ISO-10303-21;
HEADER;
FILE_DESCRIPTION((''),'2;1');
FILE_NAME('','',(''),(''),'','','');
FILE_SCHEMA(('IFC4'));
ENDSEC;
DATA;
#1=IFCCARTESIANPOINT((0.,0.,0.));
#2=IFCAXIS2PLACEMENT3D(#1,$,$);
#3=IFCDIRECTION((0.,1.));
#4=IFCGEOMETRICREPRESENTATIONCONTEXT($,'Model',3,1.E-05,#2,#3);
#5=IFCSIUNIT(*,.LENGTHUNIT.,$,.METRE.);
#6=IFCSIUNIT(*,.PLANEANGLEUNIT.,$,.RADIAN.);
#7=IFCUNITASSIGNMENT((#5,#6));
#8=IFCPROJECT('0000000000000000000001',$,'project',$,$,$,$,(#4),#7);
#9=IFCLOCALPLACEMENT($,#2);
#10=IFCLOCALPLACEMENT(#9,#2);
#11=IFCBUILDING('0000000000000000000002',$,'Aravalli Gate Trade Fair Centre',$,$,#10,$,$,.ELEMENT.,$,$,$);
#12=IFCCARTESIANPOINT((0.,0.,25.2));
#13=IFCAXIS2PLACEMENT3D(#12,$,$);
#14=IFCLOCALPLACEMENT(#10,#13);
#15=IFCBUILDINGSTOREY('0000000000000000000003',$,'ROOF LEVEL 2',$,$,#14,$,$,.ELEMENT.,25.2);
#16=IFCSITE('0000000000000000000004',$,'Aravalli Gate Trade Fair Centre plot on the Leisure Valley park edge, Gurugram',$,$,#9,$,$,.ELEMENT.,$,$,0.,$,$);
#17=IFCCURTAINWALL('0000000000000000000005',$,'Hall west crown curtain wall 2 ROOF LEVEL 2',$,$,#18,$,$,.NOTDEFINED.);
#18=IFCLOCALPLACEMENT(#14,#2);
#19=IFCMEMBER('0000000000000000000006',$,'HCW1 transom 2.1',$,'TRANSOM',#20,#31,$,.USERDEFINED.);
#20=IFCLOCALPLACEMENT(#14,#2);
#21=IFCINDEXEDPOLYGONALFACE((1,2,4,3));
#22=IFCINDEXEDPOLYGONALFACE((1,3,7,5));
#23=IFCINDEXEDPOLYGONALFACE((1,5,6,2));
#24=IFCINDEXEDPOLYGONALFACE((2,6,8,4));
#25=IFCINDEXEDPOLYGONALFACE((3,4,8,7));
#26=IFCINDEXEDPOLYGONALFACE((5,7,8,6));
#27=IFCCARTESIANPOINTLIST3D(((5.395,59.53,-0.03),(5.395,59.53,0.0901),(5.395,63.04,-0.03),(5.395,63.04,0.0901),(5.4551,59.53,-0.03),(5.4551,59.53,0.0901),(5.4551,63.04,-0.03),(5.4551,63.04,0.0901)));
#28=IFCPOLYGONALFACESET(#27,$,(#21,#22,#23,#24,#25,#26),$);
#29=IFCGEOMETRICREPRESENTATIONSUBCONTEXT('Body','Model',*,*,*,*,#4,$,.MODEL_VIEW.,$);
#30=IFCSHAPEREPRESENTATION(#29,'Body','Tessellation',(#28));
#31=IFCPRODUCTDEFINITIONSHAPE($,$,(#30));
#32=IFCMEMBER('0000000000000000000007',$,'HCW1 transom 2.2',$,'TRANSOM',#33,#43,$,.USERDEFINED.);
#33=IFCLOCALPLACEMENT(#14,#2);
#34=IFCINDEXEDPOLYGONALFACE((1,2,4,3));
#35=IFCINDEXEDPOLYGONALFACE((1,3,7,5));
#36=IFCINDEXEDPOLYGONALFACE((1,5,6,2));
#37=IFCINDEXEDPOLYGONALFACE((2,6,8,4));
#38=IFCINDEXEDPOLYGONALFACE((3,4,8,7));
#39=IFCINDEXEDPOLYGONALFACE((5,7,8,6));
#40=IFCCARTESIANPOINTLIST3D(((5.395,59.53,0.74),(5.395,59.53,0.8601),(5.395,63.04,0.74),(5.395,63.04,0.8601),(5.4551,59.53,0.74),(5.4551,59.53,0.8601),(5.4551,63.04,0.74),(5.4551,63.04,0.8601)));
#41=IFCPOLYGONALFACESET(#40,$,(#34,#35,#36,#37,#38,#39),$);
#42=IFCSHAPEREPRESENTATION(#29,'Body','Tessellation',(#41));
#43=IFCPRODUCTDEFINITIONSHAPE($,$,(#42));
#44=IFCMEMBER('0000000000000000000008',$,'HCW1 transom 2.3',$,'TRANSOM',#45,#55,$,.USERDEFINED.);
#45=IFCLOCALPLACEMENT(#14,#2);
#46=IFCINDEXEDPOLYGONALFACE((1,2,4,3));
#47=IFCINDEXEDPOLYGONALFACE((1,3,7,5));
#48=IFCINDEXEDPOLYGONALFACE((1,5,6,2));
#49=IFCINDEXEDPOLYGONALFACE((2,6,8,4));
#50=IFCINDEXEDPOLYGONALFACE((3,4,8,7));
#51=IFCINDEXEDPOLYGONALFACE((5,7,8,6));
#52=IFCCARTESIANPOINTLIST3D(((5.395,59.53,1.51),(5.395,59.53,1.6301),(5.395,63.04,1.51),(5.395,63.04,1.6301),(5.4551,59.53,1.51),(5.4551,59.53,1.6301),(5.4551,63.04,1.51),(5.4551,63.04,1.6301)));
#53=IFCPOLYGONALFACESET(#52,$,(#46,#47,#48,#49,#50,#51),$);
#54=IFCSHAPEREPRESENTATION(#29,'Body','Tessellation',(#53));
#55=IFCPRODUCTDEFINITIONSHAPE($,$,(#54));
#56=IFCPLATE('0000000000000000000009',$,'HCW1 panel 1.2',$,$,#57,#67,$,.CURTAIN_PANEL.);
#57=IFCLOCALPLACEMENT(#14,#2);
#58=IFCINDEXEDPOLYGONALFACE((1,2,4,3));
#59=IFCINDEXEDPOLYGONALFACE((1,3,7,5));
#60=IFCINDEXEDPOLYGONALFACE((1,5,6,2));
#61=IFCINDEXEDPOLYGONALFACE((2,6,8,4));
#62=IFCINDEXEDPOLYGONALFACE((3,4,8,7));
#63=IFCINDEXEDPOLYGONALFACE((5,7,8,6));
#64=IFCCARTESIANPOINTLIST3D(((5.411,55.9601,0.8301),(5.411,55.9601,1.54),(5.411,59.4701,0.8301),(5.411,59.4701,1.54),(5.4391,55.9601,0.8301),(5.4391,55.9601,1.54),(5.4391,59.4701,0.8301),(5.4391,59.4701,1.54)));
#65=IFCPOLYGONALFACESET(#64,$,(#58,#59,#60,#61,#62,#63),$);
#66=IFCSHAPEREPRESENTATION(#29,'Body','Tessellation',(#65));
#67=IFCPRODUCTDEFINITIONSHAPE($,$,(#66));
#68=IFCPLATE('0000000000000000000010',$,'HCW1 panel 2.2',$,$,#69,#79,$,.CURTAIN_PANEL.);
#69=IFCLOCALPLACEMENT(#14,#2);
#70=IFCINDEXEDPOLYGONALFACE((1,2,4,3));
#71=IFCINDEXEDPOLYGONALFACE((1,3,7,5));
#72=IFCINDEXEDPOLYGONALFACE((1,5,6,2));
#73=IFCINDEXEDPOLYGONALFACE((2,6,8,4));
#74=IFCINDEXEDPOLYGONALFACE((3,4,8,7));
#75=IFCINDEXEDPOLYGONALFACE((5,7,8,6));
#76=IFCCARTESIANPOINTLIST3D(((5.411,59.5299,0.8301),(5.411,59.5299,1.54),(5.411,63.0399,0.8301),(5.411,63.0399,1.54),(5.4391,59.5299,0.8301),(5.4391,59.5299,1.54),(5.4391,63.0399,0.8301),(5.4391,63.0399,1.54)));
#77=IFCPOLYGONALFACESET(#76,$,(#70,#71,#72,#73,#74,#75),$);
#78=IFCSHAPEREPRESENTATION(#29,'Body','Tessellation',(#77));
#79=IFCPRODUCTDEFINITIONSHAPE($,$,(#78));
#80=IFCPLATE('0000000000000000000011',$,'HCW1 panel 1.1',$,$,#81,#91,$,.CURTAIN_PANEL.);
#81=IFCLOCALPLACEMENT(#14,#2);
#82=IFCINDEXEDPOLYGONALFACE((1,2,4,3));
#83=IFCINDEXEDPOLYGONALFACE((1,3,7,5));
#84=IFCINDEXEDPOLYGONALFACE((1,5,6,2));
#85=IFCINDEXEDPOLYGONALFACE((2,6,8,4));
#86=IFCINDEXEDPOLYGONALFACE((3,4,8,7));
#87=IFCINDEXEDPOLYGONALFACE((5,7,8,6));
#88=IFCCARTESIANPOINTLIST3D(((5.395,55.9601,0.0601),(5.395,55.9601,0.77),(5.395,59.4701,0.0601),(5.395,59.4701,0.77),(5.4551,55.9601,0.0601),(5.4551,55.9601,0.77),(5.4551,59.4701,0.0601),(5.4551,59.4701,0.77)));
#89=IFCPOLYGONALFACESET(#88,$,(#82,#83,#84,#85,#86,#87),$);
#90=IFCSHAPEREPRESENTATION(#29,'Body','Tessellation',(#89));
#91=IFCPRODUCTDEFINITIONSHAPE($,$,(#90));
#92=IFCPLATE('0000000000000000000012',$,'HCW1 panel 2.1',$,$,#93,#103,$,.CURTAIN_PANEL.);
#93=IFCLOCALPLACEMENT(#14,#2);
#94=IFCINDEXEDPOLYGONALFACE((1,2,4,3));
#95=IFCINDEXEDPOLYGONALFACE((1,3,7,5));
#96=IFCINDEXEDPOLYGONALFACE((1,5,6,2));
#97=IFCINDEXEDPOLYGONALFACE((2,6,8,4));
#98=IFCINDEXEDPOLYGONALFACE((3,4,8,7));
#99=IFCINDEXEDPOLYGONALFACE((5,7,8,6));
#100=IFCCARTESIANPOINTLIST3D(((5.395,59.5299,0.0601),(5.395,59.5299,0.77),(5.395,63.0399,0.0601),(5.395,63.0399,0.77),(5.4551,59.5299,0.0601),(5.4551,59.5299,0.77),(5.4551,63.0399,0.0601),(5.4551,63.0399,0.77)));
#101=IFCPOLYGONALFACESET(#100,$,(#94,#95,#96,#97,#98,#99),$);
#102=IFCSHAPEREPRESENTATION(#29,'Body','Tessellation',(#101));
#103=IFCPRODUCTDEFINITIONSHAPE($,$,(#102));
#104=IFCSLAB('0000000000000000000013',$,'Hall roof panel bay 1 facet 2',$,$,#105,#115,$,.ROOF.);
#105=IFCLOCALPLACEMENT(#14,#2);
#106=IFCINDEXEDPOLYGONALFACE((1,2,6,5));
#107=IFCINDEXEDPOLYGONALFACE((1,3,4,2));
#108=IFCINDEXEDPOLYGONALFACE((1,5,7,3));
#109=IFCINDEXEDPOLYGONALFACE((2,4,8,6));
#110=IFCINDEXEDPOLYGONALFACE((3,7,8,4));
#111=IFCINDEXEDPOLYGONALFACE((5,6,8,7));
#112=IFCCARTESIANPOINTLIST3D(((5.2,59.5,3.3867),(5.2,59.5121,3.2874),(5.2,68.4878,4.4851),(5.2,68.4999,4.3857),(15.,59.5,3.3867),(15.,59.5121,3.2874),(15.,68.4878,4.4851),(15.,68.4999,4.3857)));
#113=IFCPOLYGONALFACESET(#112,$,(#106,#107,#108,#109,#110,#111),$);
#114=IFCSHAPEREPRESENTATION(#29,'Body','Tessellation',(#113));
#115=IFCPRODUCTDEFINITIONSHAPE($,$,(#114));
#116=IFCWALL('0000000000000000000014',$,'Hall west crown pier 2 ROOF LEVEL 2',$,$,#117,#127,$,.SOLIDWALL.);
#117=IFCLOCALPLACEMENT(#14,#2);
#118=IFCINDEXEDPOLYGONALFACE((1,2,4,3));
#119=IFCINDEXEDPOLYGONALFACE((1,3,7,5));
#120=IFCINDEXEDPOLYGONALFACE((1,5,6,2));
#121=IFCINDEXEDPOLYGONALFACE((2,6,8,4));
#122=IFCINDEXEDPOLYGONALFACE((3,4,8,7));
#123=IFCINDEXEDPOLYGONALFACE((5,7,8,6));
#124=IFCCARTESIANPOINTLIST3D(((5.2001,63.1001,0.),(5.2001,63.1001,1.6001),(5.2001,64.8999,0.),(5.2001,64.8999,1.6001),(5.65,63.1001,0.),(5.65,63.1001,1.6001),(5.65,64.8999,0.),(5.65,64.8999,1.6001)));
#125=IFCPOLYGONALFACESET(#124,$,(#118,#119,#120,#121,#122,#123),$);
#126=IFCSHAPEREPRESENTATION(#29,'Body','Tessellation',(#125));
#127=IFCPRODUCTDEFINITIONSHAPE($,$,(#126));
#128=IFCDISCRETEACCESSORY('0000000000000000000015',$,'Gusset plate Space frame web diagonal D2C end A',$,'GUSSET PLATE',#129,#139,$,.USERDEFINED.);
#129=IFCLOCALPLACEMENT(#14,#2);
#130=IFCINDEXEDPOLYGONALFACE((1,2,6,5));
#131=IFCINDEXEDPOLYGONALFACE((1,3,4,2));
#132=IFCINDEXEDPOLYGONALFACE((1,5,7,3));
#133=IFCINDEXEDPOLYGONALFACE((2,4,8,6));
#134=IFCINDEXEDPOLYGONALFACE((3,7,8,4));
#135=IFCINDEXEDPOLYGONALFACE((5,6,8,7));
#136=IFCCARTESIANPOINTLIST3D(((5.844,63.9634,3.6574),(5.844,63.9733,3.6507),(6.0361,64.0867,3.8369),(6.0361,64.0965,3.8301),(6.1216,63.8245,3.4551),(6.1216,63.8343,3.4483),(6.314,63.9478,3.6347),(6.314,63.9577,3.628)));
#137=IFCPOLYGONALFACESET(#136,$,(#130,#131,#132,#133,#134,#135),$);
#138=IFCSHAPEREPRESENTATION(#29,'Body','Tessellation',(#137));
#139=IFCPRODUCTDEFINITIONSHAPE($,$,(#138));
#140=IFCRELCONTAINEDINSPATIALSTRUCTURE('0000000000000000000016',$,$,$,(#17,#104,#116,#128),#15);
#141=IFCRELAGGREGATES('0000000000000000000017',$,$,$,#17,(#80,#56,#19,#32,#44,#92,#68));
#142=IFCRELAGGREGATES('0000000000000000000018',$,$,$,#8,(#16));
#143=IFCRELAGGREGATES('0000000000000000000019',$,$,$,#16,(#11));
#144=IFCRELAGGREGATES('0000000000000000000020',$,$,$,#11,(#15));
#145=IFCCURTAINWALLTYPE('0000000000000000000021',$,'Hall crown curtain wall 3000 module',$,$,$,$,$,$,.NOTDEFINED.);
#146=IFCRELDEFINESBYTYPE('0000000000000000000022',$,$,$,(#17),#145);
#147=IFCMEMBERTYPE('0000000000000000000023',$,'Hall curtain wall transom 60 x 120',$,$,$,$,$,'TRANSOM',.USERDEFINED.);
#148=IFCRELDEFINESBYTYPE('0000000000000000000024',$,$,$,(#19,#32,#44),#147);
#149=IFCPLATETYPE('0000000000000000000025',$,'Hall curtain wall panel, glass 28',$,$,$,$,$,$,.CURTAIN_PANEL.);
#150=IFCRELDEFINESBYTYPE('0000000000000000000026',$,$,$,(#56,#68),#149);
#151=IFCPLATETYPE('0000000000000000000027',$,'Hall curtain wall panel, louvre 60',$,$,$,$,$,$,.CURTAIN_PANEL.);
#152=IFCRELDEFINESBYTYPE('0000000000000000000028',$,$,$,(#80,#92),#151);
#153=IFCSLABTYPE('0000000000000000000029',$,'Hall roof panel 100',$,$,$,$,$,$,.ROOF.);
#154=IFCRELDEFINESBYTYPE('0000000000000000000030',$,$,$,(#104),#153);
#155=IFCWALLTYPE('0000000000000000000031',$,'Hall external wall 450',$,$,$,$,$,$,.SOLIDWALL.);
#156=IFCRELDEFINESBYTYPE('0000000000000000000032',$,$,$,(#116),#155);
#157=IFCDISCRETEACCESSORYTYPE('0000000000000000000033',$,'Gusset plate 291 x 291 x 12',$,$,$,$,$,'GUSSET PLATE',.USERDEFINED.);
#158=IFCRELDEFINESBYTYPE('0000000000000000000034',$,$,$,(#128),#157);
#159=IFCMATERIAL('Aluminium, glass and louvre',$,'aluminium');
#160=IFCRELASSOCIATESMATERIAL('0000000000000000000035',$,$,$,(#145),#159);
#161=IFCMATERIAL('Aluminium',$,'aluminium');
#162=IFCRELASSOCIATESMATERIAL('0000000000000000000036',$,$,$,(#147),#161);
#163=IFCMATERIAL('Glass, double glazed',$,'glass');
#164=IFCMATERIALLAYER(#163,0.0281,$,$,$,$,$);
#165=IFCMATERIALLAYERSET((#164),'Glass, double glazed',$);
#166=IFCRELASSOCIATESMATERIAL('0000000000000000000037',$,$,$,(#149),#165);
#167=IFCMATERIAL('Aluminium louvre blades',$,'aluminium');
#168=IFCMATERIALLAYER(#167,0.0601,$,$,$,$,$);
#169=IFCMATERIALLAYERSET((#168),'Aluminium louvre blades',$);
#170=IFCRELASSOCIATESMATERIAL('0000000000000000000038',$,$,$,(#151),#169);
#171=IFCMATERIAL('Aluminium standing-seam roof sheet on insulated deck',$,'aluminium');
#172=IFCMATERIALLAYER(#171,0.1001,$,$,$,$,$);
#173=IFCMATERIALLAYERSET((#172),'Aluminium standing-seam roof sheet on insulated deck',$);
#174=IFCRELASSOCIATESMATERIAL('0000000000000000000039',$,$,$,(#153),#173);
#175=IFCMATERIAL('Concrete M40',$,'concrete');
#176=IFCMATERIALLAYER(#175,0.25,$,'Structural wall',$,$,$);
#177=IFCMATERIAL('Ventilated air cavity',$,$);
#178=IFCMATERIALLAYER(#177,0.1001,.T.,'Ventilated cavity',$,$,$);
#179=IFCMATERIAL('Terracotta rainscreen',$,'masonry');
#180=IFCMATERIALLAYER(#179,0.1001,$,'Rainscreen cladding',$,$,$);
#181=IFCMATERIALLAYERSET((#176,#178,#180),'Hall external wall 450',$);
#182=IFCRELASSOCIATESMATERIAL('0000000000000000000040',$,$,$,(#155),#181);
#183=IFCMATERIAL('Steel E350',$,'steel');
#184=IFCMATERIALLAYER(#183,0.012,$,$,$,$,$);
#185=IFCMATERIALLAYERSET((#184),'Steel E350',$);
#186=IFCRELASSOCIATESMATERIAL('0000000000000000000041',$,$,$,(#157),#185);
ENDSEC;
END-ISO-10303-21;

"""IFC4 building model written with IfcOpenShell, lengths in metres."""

from ifc_helpers import new_model, si_unit, direction, frame, frame_2d, origin, origin_2d, place, context, subcontext, project, spatial, polyline, rectangle, outline, extrude, material, layer, layer_set, material_profile, profile_set, type_object, element, aggregate, save


model = new_model("IFC4")

# Units and contexts
model_context = context("Model", 3, precision=1e-05, world=origin(), true_north=direction((0.0, 1.0)))
body_context = subcontext(model_context, "Body", "Model", "MODEL_VIEW")
ifc_project = project(units=[si_unit("LENGTHUNIT", "METRE"), si_unit("PLANEANGLEUNIT", "RADIAN")], contexts=[model_context])

# Site, building, storey
site_placement = place(None, origin())
site = spatial("IfcSite", under=ifc_project, at=site_placement, Name="Aravalli Gate Trade Fair Centre plot on the Leisure Valley park edge, Gurugram", CompositionType="ELEMENT", RefElevation=0.0)
building_placement = place(site_placement, origin())
building = spatial("IfcBuilding", under=site, at=building_placement, Name="Aravalli Gate Trade Fair Centre", CompositionType="ELEMENT")
storey_placement = place(building_placement, frame((0.0, 0.0, 25.2)))
storey = spatial("IfcBuildingStorey", under=building, at=storey_placement, Name="ROOF LEVEL 2", CompositionType="ELEMENT", Elevation=25.2)

# Shared definitions
ifc_material_1 = material(Name="Steel E350", Category="steel")

# Curtain wall, members, plates
ifc_material_2 = material(Name="Aluminium, glass and louvre", Category="aluminium")
curtain_wall_type = type_object("IfcCurtainWallType", Name="Hall crown curtain wall 3000 module", PredefinedType="NOTDEFINED", material=ifc_material_2)
curtain_wall_placement = place(storey_placement, origin())
curtain_wall = element("IfcCurtainWall", 1, at=curtain_wall_placement, inside=storey, type_object=curtain_wall_type, Name="Hall west crown curtain wall 2 ROOF LEVEL 2", PredefinedType="NOTDEFINED")
ifc_material_3 = material(Name="Aluminium", Category="aluminium")
ifc_material_profile_1 = material_profile(ifc_material_3, rectangle(XDim=0.0601, YDim=0.1201, at=origin_2d()), Name="Hall curtain wall transom 60 x 120")
ifc_profile_set_1 = profile_set([ifc_material_profile_1], Name="Aluminium")
member_type_1 = type_object("IfcMemberType", Name="Hall curtain wall transom 60 x 120", ElementType="TRANSOM", PredefinedType="USERDEFINED", material=ifc_profile_set_1)
member_1_placement = place(storey_placement, frame((5.425, 59.53, 0.03), z_axis=(0.0, 1.0, 0.0), x_axis=(-1.0, 0.0, 0.0)))
member_1 = element("IfcMember", 2, at=member_1_placement, type_object=member_type_1, Name="HCW1 transom 2.1", ObjectType="TRANSOM", PredefinedType="USERDEFINED", context=body_context, shape_type="SweptSolid", body=[
    extrude(rectangle(XDim=0.0601, YDim=0.1201, at=origin_2d()), origin(), (0.0, 0.0, 1.0), 3.51),
])
member_2_placement = place(storey_placement, frame((5.425, 59.53, 0.8), z_axis=(0.0, 1.0, 0.0), x_axis=(-1.0, 0.0, 0.0)))
member_2 = element("IfcMember", 3, at=member_2_placement, type_object=member_type_1, Name="HCW1 transom 2.2", ObjectType="TRANSOM", PredefinedType="USERDEFINED", context=body_context, shape_type="SweptSolid", body=[
    extrude(rectangle(XDim=0.0601, YDim=0.1201, at=origin_2d()), origin(), (0.0, 0.0, 1.0), 3.51),
])
member_3_placement = place(storey_placement, frame((5.425, 59.53, 1.5701), z_axis=(0.0, 1.0, 0.0), x_axis=(-1.0, 0.0, 0.0)))
member_3 = element("IfcMember", 4, at=member_3_placement, type_object=member_type_1, Name="HCW1 transom 2.3", ObjectType="TRANSOM", PredefinedType="USERDEFINED", context=body_context, shape_type="SweptSolid", body=[
    extrude(rectangle(XDim=0.0601, YDim=0.1201, at=origin_2d()), origin(), (0.0, 0.0, 1.0), 3.51),
])
ifc_material_4 = material(Name="Glass, double glazed", Category="glass")
ifc_layer_1 = layer(ifc_material_4, 0.0281)
ifc_layer_set_1 = layer_set([ifc_layer_1], Name="Glass, double glazed")
plate_type_1 = type_object("IfcPlateType", Name="Hall curtain wall panel, glass 28", PredefinedType="CURTAIN_PANEL", material=ifc_layer_set_1)
plate_1_placement = place(storey_placement, frame((5.425, 57.7151, 0.8301), z_axis=(0.0, 0.0, 1.0), x_axis=(0.0, 1.0, 0.0)))
plate_1 = element("IfcPlate", 5, at=plate_1_placement, type_object=plate_type_1, Name="HCW1 panel 1.2", PredefinedType="CURTAIN_PANEL", context=body_context, shape_type="SweptSolid", body=[
    extrude(rectangle(XDim=3.51, YDim=0.0281, at=origin_2d()), origin(), (0.0, 0.0, 1.0), 0.71),
])
plate_2_placement = place(storey_placement, frame((5.425, 61.2849, 0.8301), z_axis=(0.0, 0.0, 1.0), x_axis=(0.0, 1.0, 0.0)))
plate_2 = element("IfcPlate", 6, at=plate_2_placement, type_object=plate_type_1, Name="HCW1 panel 2.2", PredefinedType="CURTAIN_PANEL", context=body_context, shape_type="SweptSolid", body=[
    extrude(rectangle(XDim=3.51, YDim=0.0281, at=origin_2d()), origin(), (0.0, 0.0, 1.0), 0.71),
])
ifc_material_5 = material(Name="Aluminium louvre blades", Category="aluminium")
ifc_layer_2 = layer(ifc_material_5, 0.0601)
ifc_layer_set_2 = layer_set([ifc_layer_2], Name="Aluminium louvre blades")
plate_type_2 = type_object("IfcPlateType", Name="Hall curtain wall panel, louvre 60", PredefinedType="CURTAIN_PANEL", material=ifc_layer_set_2)
plate_3_placement = place(storey_placement, frame((5.425, 57.7151, 0.0601), z_axis=(0.0, 0.0, 1.0), x_axis=(0.0, 1.0, 0.0)))
plate_3 = element("IfcPlate", 7, at=plate_3_placement, type_object=plate_type_2, Name="HCW1 panel 1.1", PredefinedType="CURTAIN_PANEL", context=body_context, shape_type="SweptSolid", body=[
    extrude(rectangle(XDim=3.51, YDim=0.0601, at=origin_2d()), origin(), (0.0, 0.0, 1.0), 0.71),
])
plate_4_placement = place(storey_placement, frame((5.425, 61.2849, 0.0601), z_axis=(0.0, 0.0, 1.0), x_axis=(0.0, 1.0, 0.0)))
plate_4 = element("IfcPlate", 8, at=plate_4_placement, type_object=plate_type_2, Name="HCW1 panel 2.1", PredefinedType="CURTAIN_PANEL", context=body_context, shape_type="SweptSolid", body=[
    extrude(rectangle(XDim=3.51, YDim=0.0601, at=origin_2d()), origin(), (0.0, 0.0, 1.0), 0.71),
])
aggregate(curtain_wall, [plate_3, plate_1, member_1, member_2, member_3, plate_4, plate_2])

# Slab
ifc_material_6 = material(Name="Aluminium standing-seam roof sheet on insulated deck", Category="aluminium")
ifc_layer_3 = layer(ifc_material_6, 0.1001)
ifc_layer_set_3 = layer_set([ifc_layer_3], Name="Aluminium standing-seam roof sheet on insulated deck")
slab_type = type_object("IfcSlabType", Name="Hall roof panel 100", PredefinedType="ROOF", material=ifc_layer_set_3)
slab_placement = place(storey_placement, frame((5.2, 59.5, 3.3867), z_axis=(0.0, -0.121306, 0.992615), x_axis=(1.0, 0.0, 0.0)))
element("IfcSlab", 9, at=slab_placement, inside=storey, type_object=slab_type, Name="Hall roof panel bay 1 facet 2", PredefinedType="ROOF", context=body_context, shape_type="SweptSolid", body=[
    extrude(outline(polyline([(0.0, 0.0), (9.8, 0.0), (9.8, 9.0547), (0.0, 9.0547), (0.0, 0.0)])), origin(), (0.0, 0.0, -1.0), 0.1001),
])

# Wall
ifc_material_7 = material(Name="Concrete M40", Category="concrete")
ifc_layer_4 = layer(ifc_material_7, 0.25, Name="Structural wall")
ifc_material_8 = material(Name="Ventilated air cavity")
ifc_layer_5 = layer(ifc_material_8, 0.1001, ventilated=True, Name="Ventilated cavity")
ifc_material_9 = material(Name="Terracotta rainscreen", Category="masonry")
ifc_layer_6 = layer(ifc_material_9, 0.1001, Name="Rainscreen cladding")
ifc_layer_set_4 = layer_set([ifc_layer_4, ifc_layer_5, ifc_layer_6], Name="Hall external wall 450")
wall_type = type_object("IfcWallType", Name="Hall external wall 450", PredefinedType="SOLIDWALL", material=ifc_layer_set_4)
wall_placement = place(storey_placement, frame((5.425, 63.1001, 0.0), z_axis=(0.0, 0.0, 1.0), x_axis=(0.0, 1.0, 0.0)))
element("IfcWall", 10, at=wall_placement, inside=storey, type_object=wall_type, Name="Hall west crown pier 2 ROOF LEVEL 2", PredefinedType="SOLIDWALL", context=body_context, shape_type="SweptSolid", body=[
    extrude(rectangle(XDim=1.7998, YDim=0.45, at=frame_2d((0.8999, 0.0))), origin(), (0.0, 0.0, 1.0), 1.6001),
])

# Discrete accessory
ifc_layer_7 = layer(ifc_material_1, 0.012)
ifc_layer_set_5 = layer_set([ifc_layer_7], Name="Steel E350")
discrete_accessory_type = type_object("IfcDiscreteAccessoryType", Name="Gusset plate 291 x 291 x 12", ElementType="GUSSET PLATE", PredefinedType="USERDEFINED", material=ifc_layer_set_5)
discrete_accessory_placement = place(storey_placement, frame((6.1216, 63.8245, 3.4551), z_axis=(-0.000059, -0.824356, 0.566072), x_axis=(-0.749102, 0.375034, 0.546073)))
element("IfcDiscreteAccessory", 11, at=discrete_accessory_placement, inside=storey, type_object=discrete_accessory_type, Name="Gusset plate Space frame web diagonal D2C end A", ObjectType="GUSSET PLATE", PredefinedType="USERDEFINED", context=body_context, shape_type="SweptSolid", body=[
    extrude(outline(polyline([(0.0, 0.0), (0.3706, 0.0), (0.3709, -0.2904), (0.0002, -0.2907), (0.0, 0.0)])), origin(), (0.0, 0.0, -1.0), 0.012),
])

save(model, "model.ifc")
